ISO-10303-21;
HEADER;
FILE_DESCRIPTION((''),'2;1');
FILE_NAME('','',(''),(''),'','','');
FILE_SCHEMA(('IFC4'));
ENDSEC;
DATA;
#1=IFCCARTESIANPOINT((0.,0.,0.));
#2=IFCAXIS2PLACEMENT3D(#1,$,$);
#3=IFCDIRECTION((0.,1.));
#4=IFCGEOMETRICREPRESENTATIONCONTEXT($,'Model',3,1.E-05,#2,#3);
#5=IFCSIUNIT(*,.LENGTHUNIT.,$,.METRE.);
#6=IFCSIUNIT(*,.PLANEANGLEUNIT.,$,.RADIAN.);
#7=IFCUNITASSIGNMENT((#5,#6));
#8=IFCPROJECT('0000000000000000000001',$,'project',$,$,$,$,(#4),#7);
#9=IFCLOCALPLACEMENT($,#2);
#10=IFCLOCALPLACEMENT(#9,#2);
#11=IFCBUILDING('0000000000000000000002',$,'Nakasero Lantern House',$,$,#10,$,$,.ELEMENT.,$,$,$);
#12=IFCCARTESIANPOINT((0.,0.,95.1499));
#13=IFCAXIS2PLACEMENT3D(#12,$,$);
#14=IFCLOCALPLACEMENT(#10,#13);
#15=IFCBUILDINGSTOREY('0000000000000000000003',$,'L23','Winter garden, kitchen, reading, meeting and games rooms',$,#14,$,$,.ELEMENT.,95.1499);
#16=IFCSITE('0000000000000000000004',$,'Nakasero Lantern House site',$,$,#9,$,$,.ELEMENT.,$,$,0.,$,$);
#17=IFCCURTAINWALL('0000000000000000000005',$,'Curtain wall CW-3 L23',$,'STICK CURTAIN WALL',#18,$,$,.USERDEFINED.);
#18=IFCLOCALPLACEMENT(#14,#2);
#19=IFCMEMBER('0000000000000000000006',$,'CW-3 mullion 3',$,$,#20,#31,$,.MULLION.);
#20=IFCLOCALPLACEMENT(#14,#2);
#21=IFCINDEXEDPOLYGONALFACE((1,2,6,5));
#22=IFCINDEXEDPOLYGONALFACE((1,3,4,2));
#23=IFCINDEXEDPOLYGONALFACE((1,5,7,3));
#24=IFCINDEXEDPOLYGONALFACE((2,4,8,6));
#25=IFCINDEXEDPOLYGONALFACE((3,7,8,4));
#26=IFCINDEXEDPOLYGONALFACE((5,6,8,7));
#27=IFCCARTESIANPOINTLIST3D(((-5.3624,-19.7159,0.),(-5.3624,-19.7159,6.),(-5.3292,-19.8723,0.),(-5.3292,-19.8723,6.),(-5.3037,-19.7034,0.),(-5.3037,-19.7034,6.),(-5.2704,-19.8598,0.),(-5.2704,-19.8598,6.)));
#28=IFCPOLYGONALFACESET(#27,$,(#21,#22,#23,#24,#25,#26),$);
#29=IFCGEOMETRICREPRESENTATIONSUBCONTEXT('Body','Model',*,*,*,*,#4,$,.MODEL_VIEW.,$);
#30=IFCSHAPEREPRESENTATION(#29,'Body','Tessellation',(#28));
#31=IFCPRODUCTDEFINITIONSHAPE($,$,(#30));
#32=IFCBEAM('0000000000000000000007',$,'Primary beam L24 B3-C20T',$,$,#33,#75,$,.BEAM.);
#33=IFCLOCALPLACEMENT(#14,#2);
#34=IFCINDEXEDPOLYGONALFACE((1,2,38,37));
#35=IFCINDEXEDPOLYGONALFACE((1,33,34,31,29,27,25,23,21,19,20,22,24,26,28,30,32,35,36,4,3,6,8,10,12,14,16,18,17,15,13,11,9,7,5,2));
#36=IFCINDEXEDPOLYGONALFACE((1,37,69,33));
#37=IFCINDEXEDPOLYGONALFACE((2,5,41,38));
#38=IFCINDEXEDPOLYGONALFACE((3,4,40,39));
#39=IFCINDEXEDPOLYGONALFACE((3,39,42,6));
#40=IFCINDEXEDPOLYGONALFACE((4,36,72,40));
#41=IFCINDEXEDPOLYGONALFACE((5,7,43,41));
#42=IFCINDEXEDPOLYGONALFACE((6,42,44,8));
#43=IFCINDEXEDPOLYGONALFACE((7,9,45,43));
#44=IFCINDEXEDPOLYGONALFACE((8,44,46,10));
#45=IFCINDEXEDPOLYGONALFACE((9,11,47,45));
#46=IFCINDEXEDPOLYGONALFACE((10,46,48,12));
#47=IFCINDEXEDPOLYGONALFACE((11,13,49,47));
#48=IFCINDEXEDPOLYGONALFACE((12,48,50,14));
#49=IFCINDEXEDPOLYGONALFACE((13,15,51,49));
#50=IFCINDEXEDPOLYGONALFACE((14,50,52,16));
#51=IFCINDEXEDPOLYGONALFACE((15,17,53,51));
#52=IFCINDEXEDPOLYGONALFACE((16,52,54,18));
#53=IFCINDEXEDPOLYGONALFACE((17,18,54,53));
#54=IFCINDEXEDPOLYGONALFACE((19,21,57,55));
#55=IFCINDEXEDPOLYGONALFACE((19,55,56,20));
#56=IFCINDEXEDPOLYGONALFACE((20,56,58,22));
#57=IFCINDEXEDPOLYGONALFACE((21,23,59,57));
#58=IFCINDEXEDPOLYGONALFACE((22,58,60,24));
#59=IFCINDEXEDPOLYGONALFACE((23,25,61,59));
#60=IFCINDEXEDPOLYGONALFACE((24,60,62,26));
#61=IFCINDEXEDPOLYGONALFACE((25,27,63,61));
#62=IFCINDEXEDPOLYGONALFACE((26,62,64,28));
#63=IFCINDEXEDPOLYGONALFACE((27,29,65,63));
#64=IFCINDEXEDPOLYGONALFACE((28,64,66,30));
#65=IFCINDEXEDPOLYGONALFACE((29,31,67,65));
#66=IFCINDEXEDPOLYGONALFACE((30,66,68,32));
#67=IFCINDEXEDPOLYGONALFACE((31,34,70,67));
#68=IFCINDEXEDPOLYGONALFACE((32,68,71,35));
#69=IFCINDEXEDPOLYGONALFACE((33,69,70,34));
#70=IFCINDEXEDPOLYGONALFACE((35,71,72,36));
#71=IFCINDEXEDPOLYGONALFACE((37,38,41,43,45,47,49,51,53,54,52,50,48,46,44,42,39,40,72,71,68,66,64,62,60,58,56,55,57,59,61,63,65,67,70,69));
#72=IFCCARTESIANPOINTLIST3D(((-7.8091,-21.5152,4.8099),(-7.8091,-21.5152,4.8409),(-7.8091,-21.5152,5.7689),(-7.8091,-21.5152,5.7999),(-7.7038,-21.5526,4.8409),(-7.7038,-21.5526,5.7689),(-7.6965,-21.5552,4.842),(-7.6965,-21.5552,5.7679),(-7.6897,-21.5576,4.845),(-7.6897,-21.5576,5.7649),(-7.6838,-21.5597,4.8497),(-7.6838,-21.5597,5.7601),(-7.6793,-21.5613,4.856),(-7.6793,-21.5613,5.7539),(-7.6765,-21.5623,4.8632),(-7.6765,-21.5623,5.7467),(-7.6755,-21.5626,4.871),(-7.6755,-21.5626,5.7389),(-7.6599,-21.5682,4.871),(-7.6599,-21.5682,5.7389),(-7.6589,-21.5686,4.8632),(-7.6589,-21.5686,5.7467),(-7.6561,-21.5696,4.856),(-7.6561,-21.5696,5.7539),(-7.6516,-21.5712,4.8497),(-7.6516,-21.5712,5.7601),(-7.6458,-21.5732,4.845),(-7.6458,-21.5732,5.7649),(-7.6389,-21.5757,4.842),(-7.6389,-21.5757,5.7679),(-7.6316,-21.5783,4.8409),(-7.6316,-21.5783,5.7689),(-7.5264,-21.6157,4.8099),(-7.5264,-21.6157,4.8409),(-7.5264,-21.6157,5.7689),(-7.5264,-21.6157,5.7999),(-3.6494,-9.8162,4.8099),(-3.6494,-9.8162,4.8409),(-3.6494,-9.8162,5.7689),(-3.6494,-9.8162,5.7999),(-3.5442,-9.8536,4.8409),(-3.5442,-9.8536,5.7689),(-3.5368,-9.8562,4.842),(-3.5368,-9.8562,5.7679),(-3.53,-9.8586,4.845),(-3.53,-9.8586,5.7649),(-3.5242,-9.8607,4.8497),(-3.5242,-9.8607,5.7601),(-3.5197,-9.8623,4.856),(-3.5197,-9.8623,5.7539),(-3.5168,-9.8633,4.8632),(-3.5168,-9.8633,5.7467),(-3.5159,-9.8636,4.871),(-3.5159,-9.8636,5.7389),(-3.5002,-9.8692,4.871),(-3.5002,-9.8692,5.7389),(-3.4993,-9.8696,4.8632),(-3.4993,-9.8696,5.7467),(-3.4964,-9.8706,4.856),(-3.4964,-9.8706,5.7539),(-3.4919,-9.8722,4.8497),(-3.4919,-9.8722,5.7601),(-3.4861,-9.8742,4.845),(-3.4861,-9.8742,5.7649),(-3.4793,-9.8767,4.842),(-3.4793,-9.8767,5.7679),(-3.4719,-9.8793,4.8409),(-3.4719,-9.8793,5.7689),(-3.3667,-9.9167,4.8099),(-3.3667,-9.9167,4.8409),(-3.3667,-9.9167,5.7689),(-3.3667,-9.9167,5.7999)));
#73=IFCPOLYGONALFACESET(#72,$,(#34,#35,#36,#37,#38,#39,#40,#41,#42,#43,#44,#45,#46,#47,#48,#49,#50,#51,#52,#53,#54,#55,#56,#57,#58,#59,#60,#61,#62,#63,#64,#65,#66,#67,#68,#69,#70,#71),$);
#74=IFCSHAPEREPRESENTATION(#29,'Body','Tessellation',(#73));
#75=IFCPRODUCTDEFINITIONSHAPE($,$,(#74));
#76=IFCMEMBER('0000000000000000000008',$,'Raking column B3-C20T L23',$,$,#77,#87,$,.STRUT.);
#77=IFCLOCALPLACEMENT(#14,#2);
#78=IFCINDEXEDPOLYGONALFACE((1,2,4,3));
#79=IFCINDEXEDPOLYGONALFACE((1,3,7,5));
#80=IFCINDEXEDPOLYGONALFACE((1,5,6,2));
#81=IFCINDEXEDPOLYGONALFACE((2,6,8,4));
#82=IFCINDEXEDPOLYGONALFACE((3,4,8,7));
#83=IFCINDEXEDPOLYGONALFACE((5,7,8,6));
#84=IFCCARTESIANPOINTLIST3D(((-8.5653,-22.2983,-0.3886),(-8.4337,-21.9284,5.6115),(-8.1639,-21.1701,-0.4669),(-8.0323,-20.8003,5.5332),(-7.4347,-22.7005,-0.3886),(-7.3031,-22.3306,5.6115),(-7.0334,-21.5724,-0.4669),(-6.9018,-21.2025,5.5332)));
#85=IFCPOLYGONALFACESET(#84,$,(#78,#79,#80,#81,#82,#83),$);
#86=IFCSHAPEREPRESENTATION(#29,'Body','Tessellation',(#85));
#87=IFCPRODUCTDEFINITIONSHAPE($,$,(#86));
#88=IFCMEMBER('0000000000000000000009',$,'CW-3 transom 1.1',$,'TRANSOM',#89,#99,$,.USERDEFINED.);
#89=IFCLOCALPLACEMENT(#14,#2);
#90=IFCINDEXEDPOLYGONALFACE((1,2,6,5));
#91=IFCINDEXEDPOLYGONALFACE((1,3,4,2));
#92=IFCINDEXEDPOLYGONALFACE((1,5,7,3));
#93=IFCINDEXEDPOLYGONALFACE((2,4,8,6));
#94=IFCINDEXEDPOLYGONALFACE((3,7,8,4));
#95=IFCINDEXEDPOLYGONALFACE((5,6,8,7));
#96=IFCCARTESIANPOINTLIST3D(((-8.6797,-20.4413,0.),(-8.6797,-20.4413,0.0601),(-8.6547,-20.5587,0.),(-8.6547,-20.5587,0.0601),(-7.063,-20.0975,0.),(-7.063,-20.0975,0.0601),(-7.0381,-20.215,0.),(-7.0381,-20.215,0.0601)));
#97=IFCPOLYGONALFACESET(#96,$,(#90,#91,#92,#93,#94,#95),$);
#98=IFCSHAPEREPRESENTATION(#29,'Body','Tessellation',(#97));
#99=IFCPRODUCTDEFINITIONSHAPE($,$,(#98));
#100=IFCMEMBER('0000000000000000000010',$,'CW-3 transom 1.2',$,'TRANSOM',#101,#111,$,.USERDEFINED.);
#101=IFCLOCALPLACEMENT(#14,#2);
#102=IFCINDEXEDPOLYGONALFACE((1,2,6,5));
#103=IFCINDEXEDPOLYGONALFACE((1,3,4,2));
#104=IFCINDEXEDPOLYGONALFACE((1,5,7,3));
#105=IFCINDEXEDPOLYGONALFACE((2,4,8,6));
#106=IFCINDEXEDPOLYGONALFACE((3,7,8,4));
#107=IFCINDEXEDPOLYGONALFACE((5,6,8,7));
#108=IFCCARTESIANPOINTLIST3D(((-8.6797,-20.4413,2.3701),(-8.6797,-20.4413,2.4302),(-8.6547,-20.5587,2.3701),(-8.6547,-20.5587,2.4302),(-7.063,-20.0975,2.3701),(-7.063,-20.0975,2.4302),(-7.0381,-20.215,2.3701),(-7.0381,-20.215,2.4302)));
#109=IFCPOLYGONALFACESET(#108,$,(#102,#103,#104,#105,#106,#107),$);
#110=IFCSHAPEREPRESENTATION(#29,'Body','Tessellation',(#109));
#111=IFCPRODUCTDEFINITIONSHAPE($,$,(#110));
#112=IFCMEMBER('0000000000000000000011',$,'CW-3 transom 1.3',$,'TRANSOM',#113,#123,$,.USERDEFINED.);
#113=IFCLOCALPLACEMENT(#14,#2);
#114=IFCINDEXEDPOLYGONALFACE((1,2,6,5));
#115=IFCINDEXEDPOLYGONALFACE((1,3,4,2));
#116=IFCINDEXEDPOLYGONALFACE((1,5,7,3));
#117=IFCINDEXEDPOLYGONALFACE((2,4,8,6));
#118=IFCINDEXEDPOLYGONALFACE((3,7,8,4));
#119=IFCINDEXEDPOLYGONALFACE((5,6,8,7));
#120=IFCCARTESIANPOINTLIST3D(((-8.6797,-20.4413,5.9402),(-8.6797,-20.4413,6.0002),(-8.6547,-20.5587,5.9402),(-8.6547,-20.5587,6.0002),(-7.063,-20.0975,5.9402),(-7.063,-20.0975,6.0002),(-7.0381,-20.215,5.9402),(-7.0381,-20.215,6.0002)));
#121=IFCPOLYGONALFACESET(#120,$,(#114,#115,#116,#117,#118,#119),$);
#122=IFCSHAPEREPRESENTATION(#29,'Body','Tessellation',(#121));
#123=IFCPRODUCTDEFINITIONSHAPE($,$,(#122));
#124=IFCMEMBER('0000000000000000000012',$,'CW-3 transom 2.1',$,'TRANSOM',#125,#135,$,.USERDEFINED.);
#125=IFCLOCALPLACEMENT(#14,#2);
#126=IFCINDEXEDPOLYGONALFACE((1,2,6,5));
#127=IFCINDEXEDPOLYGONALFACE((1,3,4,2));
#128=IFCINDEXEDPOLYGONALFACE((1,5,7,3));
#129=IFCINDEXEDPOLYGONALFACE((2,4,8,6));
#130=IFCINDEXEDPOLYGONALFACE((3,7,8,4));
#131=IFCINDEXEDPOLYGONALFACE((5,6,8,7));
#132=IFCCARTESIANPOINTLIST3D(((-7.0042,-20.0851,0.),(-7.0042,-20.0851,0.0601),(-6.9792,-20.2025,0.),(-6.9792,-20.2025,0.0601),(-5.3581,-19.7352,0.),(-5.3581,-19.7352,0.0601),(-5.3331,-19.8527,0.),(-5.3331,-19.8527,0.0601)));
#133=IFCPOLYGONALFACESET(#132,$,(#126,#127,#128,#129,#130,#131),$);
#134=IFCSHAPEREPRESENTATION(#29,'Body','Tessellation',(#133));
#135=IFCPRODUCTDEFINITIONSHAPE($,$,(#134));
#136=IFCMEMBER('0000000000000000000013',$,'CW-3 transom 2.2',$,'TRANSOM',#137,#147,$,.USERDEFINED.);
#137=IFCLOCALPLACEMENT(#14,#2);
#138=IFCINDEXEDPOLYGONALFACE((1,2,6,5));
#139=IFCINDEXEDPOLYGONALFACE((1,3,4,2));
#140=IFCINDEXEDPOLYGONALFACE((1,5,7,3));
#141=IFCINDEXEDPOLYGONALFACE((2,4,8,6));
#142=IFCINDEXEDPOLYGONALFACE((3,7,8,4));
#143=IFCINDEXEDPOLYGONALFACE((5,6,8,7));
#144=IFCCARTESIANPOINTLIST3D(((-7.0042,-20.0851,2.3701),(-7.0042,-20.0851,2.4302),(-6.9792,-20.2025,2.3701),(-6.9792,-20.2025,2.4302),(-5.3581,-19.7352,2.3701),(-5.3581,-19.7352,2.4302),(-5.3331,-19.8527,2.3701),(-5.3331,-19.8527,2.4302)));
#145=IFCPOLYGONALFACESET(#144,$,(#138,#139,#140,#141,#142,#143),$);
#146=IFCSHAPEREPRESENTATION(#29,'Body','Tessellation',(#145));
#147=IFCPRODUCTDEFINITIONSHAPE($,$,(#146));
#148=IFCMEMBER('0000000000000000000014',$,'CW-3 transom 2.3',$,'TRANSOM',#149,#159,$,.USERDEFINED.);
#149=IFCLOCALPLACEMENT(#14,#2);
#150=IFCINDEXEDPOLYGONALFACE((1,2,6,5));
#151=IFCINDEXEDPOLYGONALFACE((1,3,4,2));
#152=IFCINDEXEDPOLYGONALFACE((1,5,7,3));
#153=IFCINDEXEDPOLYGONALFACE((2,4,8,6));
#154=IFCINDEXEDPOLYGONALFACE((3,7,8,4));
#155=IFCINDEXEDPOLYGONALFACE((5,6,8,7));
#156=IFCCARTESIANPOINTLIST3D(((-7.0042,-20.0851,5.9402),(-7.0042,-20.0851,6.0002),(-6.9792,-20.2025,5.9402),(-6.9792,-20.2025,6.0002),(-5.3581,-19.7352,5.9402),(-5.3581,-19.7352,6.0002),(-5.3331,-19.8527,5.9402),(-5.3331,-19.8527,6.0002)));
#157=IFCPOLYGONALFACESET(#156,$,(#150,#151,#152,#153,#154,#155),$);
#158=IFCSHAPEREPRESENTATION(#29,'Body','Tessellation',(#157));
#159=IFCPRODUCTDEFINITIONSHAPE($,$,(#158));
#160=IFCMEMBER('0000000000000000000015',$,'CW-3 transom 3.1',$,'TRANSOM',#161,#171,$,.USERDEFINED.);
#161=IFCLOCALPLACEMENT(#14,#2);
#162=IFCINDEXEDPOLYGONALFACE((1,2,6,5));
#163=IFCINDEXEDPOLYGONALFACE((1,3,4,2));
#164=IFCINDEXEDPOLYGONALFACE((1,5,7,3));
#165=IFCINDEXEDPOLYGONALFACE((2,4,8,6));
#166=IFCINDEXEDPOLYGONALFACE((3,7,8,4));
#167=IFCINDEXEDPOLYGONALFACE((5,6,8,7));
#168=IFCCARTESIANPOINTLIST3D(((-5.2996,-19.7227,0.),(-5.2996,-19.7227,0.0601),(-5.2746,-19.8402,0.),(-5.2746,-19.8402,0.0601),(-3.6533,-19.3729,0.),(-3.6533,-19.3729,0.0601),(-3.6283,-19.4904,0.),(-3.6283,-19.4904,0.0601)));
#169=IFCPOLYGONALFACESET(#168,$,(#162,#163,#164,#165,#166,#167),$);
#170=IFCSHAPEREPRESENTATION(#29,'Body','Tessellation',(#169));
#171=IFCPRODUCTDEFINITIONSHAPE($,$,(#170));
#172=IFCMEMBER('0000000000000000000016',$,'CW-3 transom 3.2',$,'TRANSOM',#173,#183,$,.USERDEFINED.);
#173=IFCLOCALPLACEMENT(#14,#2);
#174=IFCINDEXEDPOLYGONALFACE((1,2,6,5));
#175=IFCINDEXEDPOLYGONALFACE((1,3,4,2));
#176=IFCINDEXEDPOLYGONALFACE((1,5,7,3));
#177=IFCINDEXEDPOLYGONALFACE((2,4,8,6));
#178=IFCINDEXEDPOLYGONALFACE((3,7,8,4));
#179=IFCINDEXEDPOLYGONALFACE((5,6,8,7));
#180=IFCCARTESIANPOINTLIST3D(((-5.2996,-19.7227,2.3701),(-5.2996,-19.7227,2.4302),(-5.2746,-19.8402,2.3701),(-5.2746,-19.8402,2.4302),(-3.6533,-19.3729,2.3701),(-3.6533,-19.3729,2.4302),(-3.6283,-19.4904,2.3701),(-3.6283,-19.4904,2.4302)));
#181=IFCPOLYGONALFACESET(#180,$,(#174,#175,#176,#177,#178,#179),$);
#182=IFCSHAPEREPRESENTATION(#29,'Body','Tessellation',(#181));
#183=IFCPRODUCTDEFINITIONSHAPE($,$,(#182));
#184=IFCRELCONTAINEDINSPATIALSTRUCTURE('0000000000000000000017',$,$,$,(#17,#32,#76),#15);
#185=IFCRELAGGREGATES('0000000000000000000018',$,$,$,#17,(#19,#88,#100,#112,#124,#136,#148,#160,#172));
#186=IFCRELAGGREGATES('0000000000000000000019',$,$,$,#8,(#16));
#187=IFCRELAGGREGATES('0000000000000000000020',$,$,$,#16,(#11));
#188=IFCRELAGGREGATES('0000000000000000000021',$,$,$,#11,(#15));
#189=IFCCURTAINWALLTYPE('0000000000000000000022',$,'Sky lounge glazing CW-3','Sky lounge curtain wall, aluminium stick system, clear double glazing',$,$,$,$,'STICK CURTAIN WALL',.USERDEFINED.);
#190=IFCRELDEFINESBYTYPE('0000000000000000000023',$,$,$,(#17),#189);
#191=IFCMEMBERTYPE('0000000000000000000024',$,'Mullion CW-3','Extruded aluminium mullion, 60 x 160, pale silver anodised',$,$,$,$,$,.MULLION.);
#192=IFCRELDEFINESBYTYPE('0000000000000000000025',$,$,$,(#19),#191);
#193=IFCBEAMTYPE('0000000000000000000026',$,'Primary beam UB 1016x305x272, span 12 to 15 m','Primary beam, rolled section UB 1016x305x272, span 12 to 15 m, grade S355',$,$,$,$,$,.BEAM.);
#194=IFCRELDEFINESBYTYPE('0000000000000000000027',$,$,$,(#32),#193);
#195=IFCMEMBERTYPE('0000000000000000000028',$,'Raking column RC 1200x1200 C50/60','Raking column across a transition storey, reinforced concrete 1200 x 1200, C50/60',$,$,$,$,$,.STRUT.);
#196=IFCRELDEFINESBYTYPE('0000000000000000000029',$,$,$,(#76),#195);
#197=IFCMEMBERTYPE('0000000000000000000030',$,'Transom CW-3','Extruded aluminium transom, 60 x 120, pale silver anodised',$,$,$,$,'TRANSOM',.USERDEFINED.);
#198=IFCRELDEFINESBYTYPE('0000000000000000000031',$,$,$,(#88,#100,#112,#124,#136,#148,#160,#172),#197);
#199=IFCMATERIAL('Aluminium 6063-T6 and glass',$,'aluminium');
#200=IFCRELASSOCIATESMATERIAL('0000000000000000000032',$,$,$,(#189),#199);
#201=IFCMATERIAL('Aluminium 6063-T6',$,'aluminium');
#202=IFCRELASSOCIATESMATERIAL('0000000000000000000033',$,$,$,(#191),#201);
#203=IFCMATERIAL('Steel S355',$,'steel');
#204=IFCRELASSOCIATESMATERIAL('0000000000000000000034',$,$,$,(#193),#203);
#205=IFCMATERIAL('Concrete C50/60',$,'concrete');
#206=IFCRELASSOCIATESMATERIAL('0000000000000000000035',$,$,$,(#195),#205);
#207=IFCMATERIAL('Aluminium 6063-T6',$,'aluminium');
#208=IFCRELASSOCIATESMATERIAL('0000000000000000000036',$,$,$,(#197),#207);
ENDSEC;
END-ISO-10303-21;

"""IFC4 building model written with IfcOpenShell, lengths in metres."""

from ifc_helpers import new_model, si_unit, direction, frame, origin, origin_2d, place, context, subcontext, project, spatial, rectangle, i_section, extrude, material, material_profile, profile_set, type_object, element, aggregate, save


model = new_model("IFC4")

# Units and contexts
model_context = context("Model", 3, precision=1e-05, world=origin(), true_north=direction((0.0, 1.0)))
body_context = subcontext(model_context, "Body", "Model", "MODEL_VIEW")
ifc_project = project(units=[si_unit("LENGTHUNIT", "METRE"), si_unit("PLANEANGLEUNIT", "RADIAN")], contexts=[model_context])

# Site, building, storey
site_placement = place(None, origin())
site = spatial("IfcSite", under=ifc_project, at=site_placement, Name="Nakasero Lantern House site", CompositionType="ELEMENT", RefElevation=0.0)
building_placement = place(site_placement, origin())
building = spatial("IfcBuilding", under=site, at=building_placement, Name="Nakasero Lantern House", CompositionType="ELEMENT")
storey_placement = place(building_placement, frame((0.0, 0.0, 95.1499)))
storey = spatial("IfcBuildingStorey", under=building, at=storey_placement, Name="L23", Description="Winter garden, kitchen, reading, meeting and games rooms", CompositionType="ELEMENT", Elevation=95.1499)

# Shared definitions
ifc_material_1 = material(Name="Aluminium 6063-T6 and glass", Category="aluminium")
curtain_wall_type = type_object("IfcCurtainWallType", Name="Sky lounge glazing CW-3", Description="Sky lounge curtain wall, aluminium stick system, clear double glazing", ElementType="STICK CURTAIN WALL", PredefinedType="USERDEFINED", material=ifc_material_1)
ifc_material_2 = material(Name="Aluminium 6063-T6", Category="aluminium")
ifc_material_profile_1 = material_profile(ifc_material_2, rectangle(XDim=0.0601, YDim=0.1599, at=origin_2d()), Name="CW-3 mullion 60x160")
ifc_profile_set_1 = profile_set([ifc_material_profile_1], Name="Aluminium 6063-T6")
member_type_1 = type_object("IfcMemberType", Name="Mullion CW-3", Description="Extruded aluminium mullion, 60 x 160, pale silver anodised", PredefinedType="MULLION", material=ifc_profile_set_1)

# Curtain wall, member
curtain_wall_1_placement = place(storey_placement, origin())
curtain_wall_1 = element("IfcCurtainWall", 1, at=curtain_wall_1_placement, inside=storey, type_object=curtain_wall_type, Name="Curtain wall CW-3 L23", ObjectType="STICK CURTAIN WALL", PredefinedType="USERDEFINED")
member_1_placement = place(storey_placement, frame((-5.3164, -19.7878, 0.0), z_axis=(0.0, 0.0, 1.0), x_axis=(0.978148, 0.207912, 0.0)))
member_1 = element("IfcMember", 2, at=member_1_placement, type_object=member_type_1, Name="CW-3 mullion 3", PredefinedType="MULLION", context=body_context, shape_type="SweptSolid", body=[
    extrude(rectangle(XDim=0.0601, YDim=0.1599, at=origin_2d()), origin(), (0.0, 0.0, 1.0), 6.0),
])

# Beam
ifc_material_3 = material(Name="Steel S355", Category="steel")
ifc_material_profile_2 = material_profile(ifc_material_3, i_section(OverallWidth=0.3, OverallDepth=0.99, WebThickness=0.0166, FlangeThickness=0.031, FilletRadius=0.03, at=origin_2d()), Name="UB 1016x305x272")
ifc_profile_set_2 = profile_set([ifc_material_profile_2], Name="Steel S355")
beam_type_1 = type_object("IfcBeamType", Name="Primary beam UB 1016x305x272, span 12 to 15 m", Description="Primary beam, rolled section UB 1016x305x272, span 12 to 15 m, grade S355", PredefinedType="BEAM", material=ifc_profile_set_2)
beam_1_placement = place(storey_placement, frame((-7.6677, -21.5654, 5.3049), z_axis=(0.335012, 0.942214, 0.0), x_axis=(-0.942214, 0.335012, 0.0)))
element("IfcBeam", 3, at=beam_1_placement, inside=storey, type_object=beam_type_1, Name="Primary beam L24 B3-C20T", PredefinedType="BEAM", context=body_context, shape_type="SweptSolid", body=[
    extrude(i_section(OverallWidth=0.3, OverallDepth=0.99, WebThickness=0.0166, FlangeThickness=0.031, FilletRadius=0.03, at=origin_2d()), origin(), (0.0, 0.0, 1.0), 12.4165),
])

# Members
ifc_material_4 = material(Name="Concrete C50/60", Category="concrete")
ifc_material_profile_3 = material_profile(ifc_material_4, rectangle(XDim=1.2, YDim=1.2, at=origin_2d()), Name="RC 1200x1200")
ifc_profile_set_3 = profile_set([ifc_material_profile_3], Name="Concrete C50/60")
member_type_2 = type_object("IfcMemberType", Name="Raking column RC 1200x1200 C50/60", Description="Raking column across a transition storey, reinforced concrete 1200 x 1200, C50/60", PredefinedType="STRUT", material=ifc_profile_set_3)
member_2_placement = place(storey_placement, frame((-7.7993, -21.9353, -0.4277), z_axis=(0.021885, 0.061514, 0.997866), x_axis=(-0.942149, 0.335194, 0.0)))
element("IfcMember", 4, at=member_2_placement, inside=storey, type_object=member_type_2, Name="Raking column B3-C20T L23", PredefinedType="STRUT", context=body_context, shape_type="SweptSolid", body=[
    extrude(rectangle(XDim=1.2, YDim=1.2, at=origin_2d()), origin(), (0.0, 0.0, 1.0), 6.0129),
])
ifc_material_5 = material(Name="Aluminium 6063-T6", Category="aluminium")
ifc_material_profile_4 = material_profile(ifc_material_5, rectangle(XDim=0.0601, YDim=0.1201, at=origin_2d()), Name="CW-3 transom 60x120")
ifc_profile_set_4 = profile_set([ifc_material_profile_4], Name="Aluminium 6063-T6")
member_type_3 = type_object("IfcMemberType", Name="Transom CW-3", Description="Extruded aluminium transom, 60 x 120, pale silver anodised", ElementType="TRANSOM", PredefinedType="USERDEFINED", material=ifc_profile_set_4)
member_3_placement = place(storey_placement, frame((-8.6672, -20.5, 0.03), z_axis=(0.978134, 0.207975, 0.0), x_axis=(0.0, 0.0, 1.0)))
member_3 = element("IfcMember", 5, at=member_3_placement, type_object=member_type_3, Name="CW-3 transom 1.1", ObjectType="TRANSOM", PredefinedType="USERDEFINED", context=body_context, shape_type="SweptSolid", body=[
    extrude(rectangle(XDim=0.0601, YDim=0.1201, at=origin_2d()), origin(), (0.0, 0.0, 1.0), 1.6528),
])
member_4_placement = place(storey_placement, frame((-8.6672, -20.5, 2.4001), z_axis=(0.978134, 0.207975, 0.0), x_axis=(0.0, 0.0, 1.0)))
member_4 = element("IfcMember", 6, at=member_4_placement, type_object=member_type_3, Name="CW-3 transom 1.2", ObjectType="TRANSOM", PredefinedType="USERDEFINED", context=body_context, shape_type="SweptSolid", body=[
    extrude(rectangle(XDim=0.0601, YDim=0.1201, at=origin_2d()), origin(), (0.0, 0.0, 1.0), 1.6528),
])
member_5_placement = place(storey_placement, frame((-8.6672, -20.5, 5.9702), z_axis=(0.978134, 0.207975, 0.0), x_axis=(0.0, 0.0, 1.0)))
member_5 = element("IfcMember", 7, at=member_5_placement, type_object=member_type_3, Name="CW-3 transom 1.3", ObjectType="TRANSOM", PredefinedType="USERDEFINED", context=body_context, shape_type="SweptSolid", body=[
    extrude(rectangle(XDim=0.0601, YDim=0.1201, at=origin_2d()), origin(), (0.0, 0.0, 1.0), 1.6528),
])
member_6_placement = place(storey_placement, frame((-6.9917, -20.1438, 0.03), z_axis=(0.978149, 0.207904, 0.0), x_axis=(0.0, 0.0, 1.0)))
member_6 = element("IfcMember", 8, at=member_6_placement, type_object=member_type_3, Name="CW-3 transom 2.1", ObjectType="TRANSOM", PredefinedType="USERDEFINED", context=body_context, shape_type="SweptSolid", body=[
    extrude(rectangle(XDim=0.0601, YDim=0.1201, at=origin_2d()), origin(), (0.0, 0.0, 1.0), 1.6829),
])
member_7_placement = place(storey_placement, frame((-6.9917, -20.1438, 2.4001), z_axis=(0.978149, 0.207904, 0.0), x_axis=(0.0, 0.0, 1.0)))
member_7 = element("IfcMember", 9, at=member_7_placement, type_object=member_type_3, Name="CW-3 transom 2.2", ObjectType="TRANSOM", PredefinedType="USERDEFINED", context=body_context, shape_type="SweptSolid", body=[
    extrude(rectangle(XDim=0.0601, YDim=0.1201, at=origin_2d()), origin(), (0.0, 0.0, 1.0), 1.6829),
])
member_8_placement = place(storey_placement, frame((-6.9917, -20.1438, 5.9702), z_axis=(0.978149, 0.207904, 0.0), x_axis=(0.0, 0.0, 1.0)))
member_8 = element("IfcMember", 10, at=member_8_placement, type_object=member_type_3, Name="CW-3 transom 2.3", ObjectType="TRANSOM", PredefinedType="USERDEFINED", context=body_context, shape_type="SweptSolid", body=[
    extrude(rectangle(XDim=0.0601, YDim=0.1201, at=origin_2d()), origin(), (0.0, 0.0, 1.0), 1.6829),
])
member_9_placement = place(storey_placement, frame((-5.2871, -19.7815, 0.03), z_axis=(0.978156, 0.207874, 0.0), x_axis=(0.0, 0.0, 1.0)))
member_9 = element("IfcMember", 11, at=member_9_placement, type_object=member_type_3, Name="CW-3 transom 3.1", ObjectType="TRANSOM", PredefinedType="USERDEFINED", context=body_context, shape_type="SweptSolid", body=[
    extrude(rectangle(XDim=0.0601, YDim=0.1201, at=origin_2d()), origin(), (0.0, 0.0, 1.0), 1.6831),
])
member_10_placement = place(storey_placement, frame((-5.2871, -19.7815, 2.4001), z_axis=(0.978156, 0.207874, 0.0), x_axis=(0.0, 0.0, 1.0)))
member_10 = element("IfcMember", 12, at=member_10_placement, type_object=member_type_3, Name="CW-3 transom 3.2", ObjectType="TRANSOM", PredefinedType="USERDEFINED", context=body_context, shape_type="SweptSolid", body=[
    extrude(rectangle(XDim=0.0601, YDim=0.1201, at=origin_2d()), origin(), (0.0, 0.0, 1.0), 1.6831),
])

aggregate(curtain_wall_1, [member_1, member_3, member_4, member_5, member_6, member_7, member_8, member_9, member_10])

save(model, "model.ifc")
